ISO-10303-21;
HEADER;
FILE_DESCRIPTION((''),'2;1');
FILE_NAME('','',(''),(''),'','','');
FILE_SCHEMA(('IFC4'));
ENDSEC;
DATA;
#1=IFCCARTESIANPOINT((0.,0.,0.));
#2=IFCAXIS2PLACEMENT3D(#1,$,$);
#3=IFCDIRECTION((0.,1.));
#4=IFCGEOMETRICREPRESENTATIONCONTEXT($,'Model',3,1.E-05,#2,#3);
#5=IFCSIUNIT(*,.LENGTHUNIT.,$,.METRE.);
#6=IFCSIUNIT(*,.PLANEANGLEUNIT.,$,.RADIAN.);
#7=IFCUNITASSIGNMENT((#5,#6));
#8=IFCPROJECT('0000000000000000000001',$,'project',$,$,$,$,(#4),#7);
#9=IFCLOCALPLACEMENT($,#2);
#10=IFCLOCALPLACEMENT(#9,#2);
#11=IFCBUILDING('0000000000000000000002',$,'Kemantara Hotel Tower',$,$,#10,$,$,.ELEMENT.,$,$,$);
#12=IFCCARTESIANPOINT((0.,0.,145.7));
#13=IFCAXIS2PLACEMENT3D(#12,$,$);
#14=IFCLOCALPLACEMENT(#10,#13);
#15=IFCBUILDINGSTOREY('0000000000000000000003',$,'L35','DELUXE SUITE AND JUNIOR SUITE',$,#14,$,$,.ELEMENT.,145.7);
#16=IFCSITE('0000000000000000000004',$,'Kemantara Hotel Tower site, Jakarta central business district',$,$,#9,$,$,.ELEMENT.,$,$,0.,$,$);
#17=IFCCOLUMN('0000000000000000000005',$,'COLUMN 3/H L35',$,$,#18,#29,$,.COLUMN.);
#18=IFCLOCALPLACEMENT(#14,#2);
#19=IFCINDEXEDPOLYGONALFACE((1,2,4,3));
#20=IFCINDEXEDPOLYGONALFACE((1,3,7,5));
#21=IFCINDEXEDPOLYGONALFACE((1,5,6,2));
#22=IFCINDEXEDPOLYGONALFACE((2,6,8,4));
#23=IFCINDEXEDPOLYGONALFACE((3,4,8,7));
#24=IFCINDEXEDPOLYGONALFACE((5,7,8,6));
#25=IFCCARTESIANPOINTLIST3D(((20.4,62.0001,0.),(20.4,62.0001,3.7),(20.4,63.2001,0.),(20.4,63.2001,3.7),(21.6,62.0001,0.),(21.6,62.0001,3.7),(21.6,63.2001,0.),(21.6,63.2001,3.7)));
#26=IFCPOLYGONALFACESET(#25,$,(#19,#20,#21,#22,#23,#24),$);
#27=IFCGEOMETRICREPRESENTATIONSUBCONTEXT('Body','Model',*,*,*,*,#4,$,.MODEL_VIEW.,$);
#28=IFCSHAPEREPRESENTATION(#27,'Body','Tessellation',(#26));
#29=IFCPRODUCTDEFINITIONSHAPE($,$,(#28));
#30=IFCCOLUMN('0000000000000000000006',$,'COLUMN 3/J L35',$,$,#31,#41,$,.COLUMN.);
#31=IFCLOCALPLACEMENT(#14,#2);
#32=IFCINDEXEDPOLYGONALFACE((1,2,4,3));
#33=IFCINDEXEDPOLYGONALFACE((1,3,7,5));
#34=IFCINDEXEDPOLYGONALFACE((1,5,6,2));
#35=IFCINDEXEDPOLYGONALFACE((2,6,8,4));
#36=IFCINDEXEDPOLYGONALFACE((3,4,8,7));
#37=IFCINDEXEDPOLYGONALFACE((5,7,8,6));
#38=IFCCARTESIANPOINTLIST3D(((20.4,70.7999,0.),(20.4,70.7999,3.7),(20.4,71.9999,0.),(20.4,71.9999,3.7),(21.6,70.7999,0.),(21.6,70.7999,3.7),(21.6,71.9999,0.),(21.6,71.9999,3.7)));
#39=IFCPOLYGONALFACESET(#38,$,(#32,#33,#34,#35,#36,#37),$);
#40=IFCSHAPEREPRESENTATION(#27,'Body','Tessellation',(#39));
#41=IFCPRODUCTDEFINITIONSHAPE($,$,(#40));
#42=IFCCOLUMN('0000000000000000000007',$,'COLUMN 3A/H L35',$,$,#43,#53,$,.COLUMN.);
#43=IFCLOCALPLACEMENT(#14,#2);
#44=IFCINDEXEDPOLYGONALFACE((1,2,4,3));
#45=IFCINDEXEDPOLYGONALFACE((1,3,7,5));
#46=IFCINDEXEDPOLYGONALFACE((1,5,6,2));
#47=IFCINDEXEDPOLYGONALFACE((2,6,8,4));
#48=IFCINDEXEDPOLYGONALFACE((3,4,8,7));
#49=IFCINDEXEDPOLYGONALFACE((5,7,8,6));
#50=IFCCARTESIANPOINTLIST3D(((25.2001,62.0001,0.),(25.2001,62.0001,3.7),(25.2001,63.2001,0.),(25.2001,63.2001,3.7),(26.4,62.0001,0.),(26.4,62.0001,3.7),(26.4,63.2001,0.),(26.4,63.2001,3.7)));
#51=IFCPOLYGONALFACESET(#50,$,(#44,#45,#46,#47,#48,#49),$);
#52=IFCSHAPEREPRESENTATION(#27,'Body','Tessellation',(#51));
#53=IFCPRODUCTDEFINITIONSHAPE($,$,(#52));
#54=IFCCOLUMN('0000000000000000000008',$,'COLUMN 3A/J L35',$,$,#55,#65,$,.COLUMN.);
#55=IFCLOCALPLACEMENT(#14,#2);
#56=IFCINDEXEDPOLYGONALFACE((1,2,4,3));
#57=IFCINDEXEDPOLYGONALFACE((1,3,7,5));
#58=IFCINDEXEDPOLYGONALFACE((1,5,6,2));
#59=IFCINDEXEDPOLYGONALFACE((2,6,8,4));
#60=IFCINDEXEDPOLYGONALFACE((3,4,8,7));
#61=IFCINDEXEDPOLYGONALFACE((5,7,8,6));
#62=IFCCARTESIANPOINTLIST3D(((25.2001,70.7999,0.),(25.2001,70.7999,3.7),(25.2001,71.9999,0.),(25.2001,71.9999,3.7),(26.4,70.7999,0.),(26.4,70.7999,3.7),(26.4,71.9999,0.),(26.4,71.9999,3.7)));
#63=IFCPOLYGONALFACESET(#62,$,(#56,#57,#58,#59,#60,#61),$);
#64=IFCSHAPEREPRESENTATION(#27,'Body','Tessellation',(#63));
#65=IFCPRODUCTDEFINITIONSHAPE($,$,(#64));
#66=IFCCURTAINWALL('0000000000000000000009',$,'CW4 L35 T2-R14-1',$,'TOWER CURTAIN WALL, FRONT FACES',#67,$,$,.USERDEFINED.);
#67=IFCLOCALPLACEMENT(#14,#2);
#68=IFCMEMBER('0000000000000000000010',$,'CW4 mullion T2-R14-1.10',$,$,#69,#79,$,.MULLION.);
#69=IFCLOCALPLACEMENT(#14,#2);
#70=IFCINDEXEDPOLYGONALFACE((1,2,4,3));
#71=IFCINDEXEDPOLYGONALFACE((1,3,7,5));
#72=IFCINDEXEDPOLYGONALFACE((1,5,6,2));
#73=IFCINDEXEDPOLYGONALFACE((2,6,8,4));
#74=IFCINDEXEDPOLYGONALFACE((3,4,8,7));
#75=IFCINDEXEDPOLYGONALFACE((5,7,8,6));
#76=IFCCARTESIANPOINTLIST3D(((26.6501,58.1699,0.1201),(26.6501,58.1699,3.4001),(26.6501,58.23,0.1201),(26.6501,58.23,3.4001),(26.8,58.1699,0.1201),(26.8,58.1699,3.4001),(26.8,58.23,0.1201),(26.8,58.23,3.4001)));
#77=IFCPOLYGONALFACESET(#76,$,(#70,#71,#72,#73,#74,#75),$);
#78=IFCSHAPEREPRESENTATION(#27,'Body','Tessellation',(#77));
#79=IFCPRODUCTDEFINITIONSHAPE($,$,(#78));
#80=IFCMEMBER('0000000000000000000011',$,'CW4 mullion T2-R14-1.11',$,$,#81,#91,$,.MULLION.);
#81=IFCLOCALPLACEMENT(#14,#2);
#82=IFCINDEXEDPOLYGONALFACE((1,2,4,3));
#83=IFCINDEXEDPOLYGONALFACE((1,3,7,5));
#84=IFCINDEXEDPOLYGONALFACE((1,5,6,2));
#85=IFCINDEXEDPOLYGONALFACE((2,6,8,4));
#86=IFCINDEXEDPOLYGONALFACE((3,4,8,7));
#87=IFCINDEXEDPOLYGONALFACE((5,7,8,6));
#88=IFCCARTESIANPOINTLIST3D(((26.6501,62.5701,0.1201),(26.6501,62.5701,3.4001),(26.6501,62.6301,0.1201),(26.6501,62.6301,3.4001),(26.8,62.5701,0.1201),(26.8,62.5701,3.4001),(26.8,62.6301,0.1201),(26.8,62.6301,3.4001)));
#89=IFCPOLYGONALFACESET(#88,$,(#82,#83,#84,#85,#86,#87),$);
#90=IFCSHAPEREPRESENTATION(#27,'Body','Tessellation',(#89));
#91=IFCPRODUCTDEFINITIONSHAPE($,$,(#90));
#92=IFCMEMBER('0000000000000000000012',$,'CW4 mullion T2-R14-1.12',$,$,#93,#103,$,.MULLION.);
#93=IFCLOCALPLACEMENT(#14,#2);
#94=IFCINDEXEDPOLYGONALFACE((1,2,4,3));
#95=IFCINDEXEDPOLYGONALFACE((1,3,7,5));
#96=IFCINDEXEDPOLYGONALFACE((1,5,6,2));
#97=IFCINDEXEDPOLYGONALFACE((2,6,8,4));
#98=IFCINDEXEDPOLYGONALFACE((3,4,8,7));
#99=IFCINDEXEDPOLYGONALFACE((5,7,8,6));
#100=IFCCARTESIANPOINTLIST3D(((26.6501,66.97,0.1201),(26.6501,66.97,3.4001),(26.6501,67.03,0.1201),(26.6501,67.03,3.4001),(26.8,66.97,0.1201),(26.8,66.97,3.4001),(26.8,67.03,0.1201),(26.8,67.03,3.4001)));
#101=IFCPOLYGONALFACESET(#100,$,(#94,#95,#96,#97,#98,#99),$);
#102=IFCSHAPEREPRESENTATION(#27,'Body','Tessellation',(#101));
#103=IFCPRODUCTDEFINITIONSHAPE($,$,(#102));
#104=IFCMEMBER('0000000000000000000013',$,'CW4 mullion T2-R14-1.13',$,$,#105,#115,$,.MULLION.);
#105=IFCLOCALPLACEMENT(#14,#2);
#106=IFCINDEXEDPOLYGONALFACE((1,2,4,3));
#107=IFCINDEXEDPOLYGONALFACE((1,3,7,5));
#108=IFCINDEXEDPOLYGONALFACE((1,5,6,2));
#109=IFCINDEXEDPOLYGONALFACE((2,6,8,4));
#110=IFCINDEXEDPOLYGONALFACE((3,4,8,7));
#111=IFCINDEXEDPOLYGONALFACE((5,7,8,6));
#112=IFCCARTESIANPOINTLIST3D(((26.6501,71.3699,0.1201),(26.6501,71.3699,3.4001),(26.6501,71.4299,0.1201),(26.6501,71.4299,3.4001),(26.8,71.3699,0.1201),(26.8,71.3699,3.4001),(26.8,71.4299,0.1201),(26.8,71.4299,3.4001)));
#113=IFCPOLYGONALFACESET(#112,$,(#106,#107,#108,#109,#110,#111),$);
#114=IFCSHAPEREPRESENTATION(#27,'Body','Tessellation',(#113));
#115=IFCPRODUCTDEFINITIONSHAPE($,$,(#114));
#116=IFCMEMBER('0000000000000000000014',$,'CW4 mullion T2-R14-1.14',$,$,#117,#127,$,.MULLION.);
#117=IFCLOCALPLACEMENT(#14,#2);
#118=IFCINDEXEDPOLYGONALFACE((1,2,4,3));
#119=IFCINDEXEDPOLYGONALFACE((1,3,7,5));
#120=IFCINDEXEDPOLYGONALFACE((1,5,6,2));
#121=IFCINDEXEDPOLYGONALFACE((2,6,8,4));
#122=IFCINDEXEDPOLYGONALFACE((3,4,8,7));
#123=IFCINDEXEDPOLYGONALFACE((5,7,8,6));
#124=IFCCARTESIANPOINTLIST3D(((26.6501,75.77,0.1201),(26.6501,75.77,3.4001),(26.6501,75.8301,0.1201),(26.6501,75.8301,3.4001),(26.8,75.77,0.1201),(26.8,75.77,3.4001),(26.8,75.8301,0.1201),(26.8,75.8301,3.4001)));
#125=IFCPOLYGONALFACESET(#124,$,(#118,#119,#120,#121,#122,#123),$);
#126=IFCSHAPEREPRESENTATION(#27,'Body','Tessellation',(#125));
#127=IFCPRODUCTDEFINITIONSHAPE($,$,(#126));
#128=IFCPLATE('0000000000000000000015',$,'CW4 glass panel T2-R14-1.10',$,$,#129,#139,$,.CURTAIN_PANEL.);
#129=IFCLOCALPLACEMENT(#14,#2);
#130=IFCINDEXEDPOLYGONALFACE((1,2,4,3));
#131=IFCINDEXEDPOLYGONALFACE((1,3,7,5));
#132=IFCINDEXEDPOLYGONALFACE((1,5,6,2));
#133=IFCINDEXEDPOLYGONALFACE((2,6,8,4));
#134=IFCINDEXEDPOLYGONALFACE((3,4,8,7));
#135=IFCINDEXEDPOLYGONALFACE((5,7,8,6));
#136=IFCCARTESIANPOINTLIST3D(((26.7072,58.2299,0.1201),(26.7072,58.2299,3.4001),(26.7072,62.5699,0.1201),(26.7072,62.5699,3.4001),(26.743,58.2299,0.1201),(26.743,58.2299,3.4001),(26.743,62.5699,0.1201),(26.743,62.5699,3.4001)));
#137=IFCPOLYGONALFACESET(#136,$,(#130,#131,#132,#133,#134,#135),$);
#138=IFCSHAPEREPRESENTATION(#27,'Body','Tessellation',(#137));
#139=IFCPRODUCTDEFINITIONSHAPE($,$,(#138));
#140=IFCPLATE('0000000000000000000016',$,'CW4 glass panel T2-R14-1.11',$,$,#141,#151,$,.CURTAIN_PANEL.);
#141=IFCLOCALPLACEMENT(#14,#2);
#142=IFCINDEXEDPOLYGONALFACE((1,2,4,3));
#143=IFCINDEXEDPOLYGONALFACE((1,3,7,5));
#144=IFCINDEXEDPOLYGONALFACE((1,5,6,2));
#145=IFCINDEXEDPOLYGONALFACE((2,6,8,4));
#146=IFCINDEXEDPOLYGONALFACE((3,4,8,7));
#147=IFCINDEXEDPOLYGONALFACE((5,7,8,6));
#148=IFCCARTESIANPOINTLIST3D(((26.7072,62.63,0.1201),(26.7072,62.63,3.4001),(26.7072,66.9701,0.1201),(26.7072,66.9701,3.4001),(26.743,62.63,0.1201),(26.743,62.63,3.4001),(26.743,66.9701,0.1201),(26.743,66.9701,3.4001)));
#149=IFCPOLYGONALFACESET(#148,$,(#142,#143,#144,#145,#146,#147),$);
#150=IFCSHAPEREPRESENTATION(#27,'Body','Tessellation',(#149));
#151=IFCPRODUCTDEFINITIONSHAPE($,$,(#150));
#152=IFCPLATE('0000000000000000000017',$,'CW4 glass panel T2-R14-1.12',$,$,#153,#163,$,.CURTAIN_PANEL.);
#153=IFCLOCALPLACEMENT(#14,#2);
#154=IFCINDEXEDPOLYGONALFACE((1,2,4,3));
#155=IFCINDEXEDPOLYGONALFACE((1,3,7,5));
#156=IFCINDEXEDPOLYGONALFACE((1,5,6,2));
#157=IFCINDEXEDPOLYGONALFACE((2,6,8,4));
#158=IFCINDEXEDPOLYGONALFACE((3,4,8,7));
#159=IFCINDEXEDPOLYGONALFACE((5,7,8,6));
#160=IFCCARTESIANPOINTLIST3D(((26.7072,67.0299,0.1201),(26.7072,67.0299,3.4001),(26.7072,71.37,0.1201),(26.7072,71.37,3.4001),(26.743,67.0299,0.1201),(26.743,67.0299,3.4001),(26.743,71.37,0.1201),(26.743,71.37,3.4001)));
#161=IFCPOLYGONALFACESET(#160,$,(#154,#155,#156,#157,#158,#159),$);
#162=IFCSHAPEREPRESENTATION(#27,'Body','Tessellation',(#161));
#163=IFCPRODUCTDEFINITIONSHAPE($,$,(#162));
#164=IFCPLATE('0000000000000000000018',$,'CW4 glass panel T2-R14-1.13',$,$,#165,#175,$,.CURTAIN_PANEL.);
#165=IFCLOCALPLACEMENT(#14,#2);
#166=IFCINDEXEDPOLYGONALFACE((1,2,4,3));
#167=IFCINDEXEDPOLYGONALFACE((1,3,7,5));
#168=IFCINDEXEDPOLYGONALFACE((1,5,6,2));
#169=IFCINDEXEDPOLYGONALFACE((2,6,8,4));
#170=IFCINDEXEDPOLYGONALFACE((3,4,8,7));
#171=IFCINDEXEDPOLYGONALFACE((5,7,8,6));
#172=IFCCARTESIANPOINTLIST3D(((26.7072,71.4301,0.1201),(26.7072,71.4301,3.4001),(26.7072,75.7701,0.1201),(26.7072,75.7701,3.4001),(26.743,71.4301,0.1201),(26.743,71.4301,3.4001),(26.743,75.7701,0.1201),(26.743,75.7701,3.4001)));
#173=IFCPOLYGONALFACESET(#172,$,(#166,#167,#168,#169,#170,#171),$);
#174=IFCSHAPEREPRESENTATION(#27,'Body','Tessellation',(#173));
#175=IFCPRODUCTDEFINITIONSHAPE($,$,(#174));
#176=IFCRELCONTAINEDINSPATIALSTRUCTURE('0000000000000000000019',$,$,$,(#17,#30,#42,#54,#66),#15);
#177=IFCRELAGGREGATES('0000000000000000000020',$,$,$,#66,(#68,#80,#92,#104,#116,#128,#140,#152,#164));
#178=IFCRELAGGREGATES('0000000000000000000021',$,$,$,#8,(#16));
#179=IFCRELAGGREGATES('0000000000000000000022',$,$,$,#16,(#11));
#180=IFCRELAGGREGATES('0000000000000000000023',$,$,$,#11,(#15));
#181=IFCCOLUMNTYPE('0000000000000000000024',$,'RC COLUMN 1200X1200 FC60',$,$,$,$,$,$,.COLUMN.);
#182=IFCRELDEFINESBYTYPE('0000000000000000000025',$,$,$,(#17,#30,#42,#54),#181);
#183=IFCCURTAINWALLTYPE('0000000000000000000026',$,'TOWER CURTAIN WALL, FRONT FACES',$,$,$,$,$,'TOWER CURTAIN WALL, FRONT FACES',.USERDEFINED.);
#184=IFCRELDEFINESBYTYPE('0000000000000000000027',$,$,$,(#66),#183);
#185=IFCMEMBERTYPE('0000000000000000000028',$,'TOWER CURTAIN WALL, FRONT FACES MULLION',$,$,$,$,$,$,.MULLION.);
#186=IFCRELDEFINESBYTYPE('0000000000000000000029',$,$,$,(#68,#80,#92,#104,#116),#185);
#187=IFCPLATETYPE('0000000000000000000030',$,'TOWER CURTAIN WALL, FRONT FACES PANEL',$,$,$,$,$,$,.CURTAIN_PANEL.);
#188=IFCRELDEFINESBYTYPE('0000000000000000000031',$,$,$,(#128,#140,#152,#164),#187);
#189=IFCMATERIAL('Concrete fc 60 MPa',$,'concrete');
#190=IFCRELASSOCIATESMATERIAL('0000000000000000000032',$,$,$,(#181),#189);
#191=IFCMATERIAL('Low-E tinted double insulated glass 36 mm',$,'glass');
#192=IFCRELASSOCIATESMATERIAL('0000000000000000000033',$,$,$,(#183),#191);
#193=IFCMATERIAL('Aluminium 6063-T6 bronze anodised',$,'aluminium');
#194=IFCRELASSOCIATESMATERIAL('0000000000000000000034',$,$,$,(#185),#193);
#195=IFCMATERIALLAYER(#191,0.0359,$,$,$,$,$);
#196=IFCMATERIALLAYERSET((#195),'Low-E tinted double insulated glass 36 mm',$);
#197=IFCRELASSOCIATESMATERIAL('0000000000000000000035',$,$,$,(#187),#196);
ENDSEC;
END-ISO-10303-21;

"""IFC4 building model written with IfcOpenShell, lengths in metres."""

from ifc_helpers import new_model, si_unit, direction, frame, origin, origin_2d, place, context, subcontext, project, spatial, rectangle, extrude, source, transform, mapped, material, layer, layer_set, material_profile, profile_set, type_object, element, aggregate, save


model = new_model("IFC4")

# Units and contexts
model_context = context("Model", 3, precision=1e-05, world=origin(), true_north=direction((0.0, 1.0)))
body_context = subcontext(model_context, "Body", "Model", "MODEL_VIEW")
ifc_project = project(units=[si_unit("LENGTHUNIT", "METRE"), si_unit("PLANEANGLEUNIT", "RADIAN")], contexts=[model_context])

# Site, building, storey
site_placement = place(None, origin())
site = spatial("IfcSite", under=ifc_project, at=site_placement, Name="Kemantara Hotel Tower site, Jakarta central business district", CompositionType="ELEMENT", RefElevation=0.0)
building_placement = place(site_placement, origin())
building = spatial("IfcBuilding", under=site, at=building_placement, Name="Kemantara Hotel Tower", CompositionType="ELEMENT")
storey_placement = place(building_placement, frame((0.0, 0.0, 145.7)))
storey = spatial("IfcBuildingStorey", under=building, at=storey_placement, Name="L35", Description="DELUXE SUITE AND JUNIOR SUITE", CompositionType="ELEMENT", Elevation=145.7)

# Columns
ifc_material_1 = material(Name="Concrete fc 60 MPa", Category="concrete")
ifc_material_profile_1 = material_profile(ifc_material_1, rectangle(XDim=1.2, YDim=1.2, at=origin_2d()), Name="RC 1200X1200")
ifc_profile_set_1 = profile_set([ifc_material_profile_1], Name="Concrete fc 60 MPa")
column_type = type_object("IfcColumnType", Name="RC COLUMN 1200X1200 FC60", PredefinedType="COLUMN", material=ifc_profile_set_1)
for number, where, z_axis, x_axis, name in (
    (1, (21.0, 62.6001, 0.0), (0.0, 0.0, 1.0), (1.0, 0.0, 0.0), "COLUMN 3/H L35"),
    (2, (21.0, 71.3999, 0.0), (0.0, 0.0, 1.0), (1.0, 0.0, 0.0), "COLUMN 3/J L35"),
    (3, (25.8, 62.6001, 0.0), (0.0, 0.0, 1.0), (1.0, 0.0, 0.0), "COLUMN 3A/H L35"),
    (4, (25.8, 71.3999, 0.0), (0.0, 0.0, 1.0), (1.0, 0.0, 0.0), "COLUMN 3A/J L35"),
):
    element("IfcColumn", number, at=place(storey_placement, frame(where, z_axis=z_axis, x_axis=x_axis)), inside=storey, type_object=column_type, Name=name, PredefinedType="COLUMN", context=body_context, shape_type="SweptSolid", body=[
        extrude(rectangle(XDim=1.2, YDim=1.2, at=origin_2d()), origin(), (0.0, 0.0, 1.0), 3.7),
    ])

# Curtain wall, members, plates
ifc_material_2 = material(Name="Low-E tinted double insulated glass 36 mm", Category="glass")
curtain_wall_type = type_object("IfcCurtainWallType", Name="TOWER CURTAIN WALL, FRONT FACES", ElementType="TOWER CURTAIN WALL, FRONT FACES", PredefinedType="USERDEFINED", material=ifc_material_2)
curtain_wall_placement = place(storey_placement, origin())
curtain_wall = element("IfcCurtainWall", 5, at=curtain_wall_placement, inside=storey, type_object=curtain_wall_type, Name="CW4 L35 T2-R14-1", ObjectType="TOWER CURTAIN WALL, FRONT FACES", PredefinedType="USERDEFINED")
ifc_material_3 = material(Name="Aluminium 6063-T6 bronze anodised", Category="aluminium")
ifc_material_profile_2 = material_profile(ifc_material_3, rectangle(XDim=0.1499, YDim=0.0601, at=origin_2d()), Name="TOWER CURTAIN WALL, FRONT FACES MULLION")
ifc_profile_set_2 = profile_set([ifc_material_profile_2], Name="Aluminium 6063-T6 bronze anodised")
member_type = type_object("IfcMemberType", Name="TOWER CURTAIN WALL, FRONT FACES MULLION", PredefinedType="MULLION", material=ifc_profile_set_2)
shared_shape_1 = source(origin(), body_context, "Body", "SweptSolid", [
    extrude(rectangle(XDim=0.1499, YDim=0.0601, at=origin_2d()), origin(), (0.0, 0.0, 1.0), 3.28),
])
member_1_placement = place(storey_placement, frame((26.7251, 58.2, 0.1201), z_axis=(0.0, 0.0, 1.0), x_axis=(-1.0, 0.0, 0.0)))
member_1 = element("IfcMember", 6, at=member_1_placement, type_object=member_type, Name="CW4 mullion T2-R14-1.10", PredefinedType="MULLION", context=body_context, shape_type="MappedRepresentation", body=[
    mapped(shared_shape_1, transform((0.0, 0.0, 0.0))),
])
member_2_placement = place(storey_placement, frame((26.7251, 62.6001, 0.1201), z_axis=(0.0, 0.0, 1.0), x_axis=(-1.0, 0.0, 0.0)))
member_2 = element("IfcMember", 7, at=member_2_placement, type_object=member_type, Name="CW4 mullion T2-R14-1.11", PredefinedType="MULLION", context=body_context, shape_type="MappedRepresentation", body=[
    mapped(shared_shape_1, transform((0.0, 0.0, 0.0))),
])
member_3_placement = place(storey_placement, frame((26.7251, 67.0, 0.1201), z_axis=(0.0, 0.0, 1.0), x_axis=(-1.0, 0.0, 0.0)))
member_3 = element("IfcMember", 8, at=member_3_placement, type_object=member_type, Name="CW4 mullion T2-R14-1.12", PredefinedType="MULLION", context=body_context, shape_type="MappedRepresentation", body=[
    mapped(shared_shape_1, transform((0.0, 0.0, 0.0))),
])
member_4_placement = place(storey_placement, frame((26.7251, 71.3999, 0.1201), z_axis=(0.0, 0.0, 1.0), x_axis=(-1.0, 0.0, 0.0)))
member_4 = element("IfcMember", 9, at=member_4_placement, type_object=member_type, Name="CW4 mullion T2-R14-1.13", PredefinedType="MULLION", context=body_context, shape_type="MappedRepresentation", body=[
    mapped(shared_shape_1, transform((0.0, 0.0, 0.0))),
])
member_5_placement = place(storey_placement, frame((26.7251, 75.8, 0.1201), z_axis=(0.0, 0.0, 1.0), x_axis=(-1.0, 0.0, 0.0)))
member_5 = element("IfcMember", 10, at=member_5_placement, type_object=member_type, Name="CW4 mullion T2-R14-1.14", PredefinedType="MULLION", context=body_context, shape_type="MappedRepresentation", body=[
    mapped(shared_shape_1, transform((0.0, 0.0, 0.0))),
])
ifc_layer_1 = layer(ifc_material_2, 0.0359)
ifc_layer_set_1 = layer_set([ifc_layer_1], Name="Low-E tinted double insulated glass 36 mm")
plate_type = type_object("IfcPlateType", Name="TOWER CURTAIN WALL, FRONT FACES PANEL", PredefinedType="CURTAIN_PANEL", material=ifc_layer_set_1)
shared_shape_2 = source(origin(), body_context, "Body", "SweptSolid", [
    extrude(rectangle(XDim=4.3401, YDim=0.0359, at=origin_2d()), origin(), (0.0, 0.0, 1.0), 3.28),
])
plate_1_placement = place(storey_placement, frame((26.7251, 60.3999, 0.1201), z_axis=(0.0, 0.0, 1.0), x_axis=(0.0, 1.0, 0.0)))
plate_1 = element("IfcPlate", 11, at=plate_1_placement, type_object=plate_type, Name="CW4 glass panel T2-R14-1.10", PredefinedType="CURTAIN_PANEL", context=body_context, shape_type="MappedRepresentation", body=[
    mapped(shared_shape_2, transform((0.0, 0.0, 0.0))),
])
plate_2_placement = place(storey_placement, frame((26.7251, 64.8, 0.1201), z_axis=(0.0, 0.0, 1.0), x_axis=(0.0, 1.0, 0.0)))
plate_2 = element("IfcPlate", 12, at=plate_2_placement, type_object=plate_type, Name="CW4 glass panel T2-R14-1.11", PredefinedType="CURTAIN_PANEL", context=body_context, shape_type="MappedRepresentation", body=[
    mapped(shared_shape_2, transform((0.0, 0.0, 0.0))),
])
plate_3_placement = place(storey_placement, frame((26.7251, 69.2, 0.1201), z_axis=(0.0, 0.0, 1.0), x_axis=(0.0, 1.0, 0.0)))
plate_3 = element("IfcPlate", 13, at=plate_3_placement, type_object=plate_type, Name="CW4 glass panel T2-R14-1.12", PredefinedType="CURTAIN_PANEL", context=body_context, shape_type="MappedRepresentation", body=[
    mapped(shared_shape_2, transform((0.0, 0.0, 0.0))),
])
plate_4_placement = place(storey_placement, frame((26.7251, 73.6001, 0.1201), z_axis=(0.0, 0.0, 1.0), x_axis=(0.0, 1.0, 0.0)))
plate_4 = element("IfcPlate", 14, at=plate_4_placement, type_object=plate_type, Name="CW4 glass panel T2-R14-1.13", PredefinedType="CURTAIN_PANEL", context=body_context, shape_type="MappedRepresentation", body=[
    mapped(shared_shape_2, transform((0.0, 0.0, 0.0))),
])
aggregate(curtain_wall, [member_1, member_2, member_3, member_4, member_5, plate_1, plate_2, plate_3, plate_4])

save(model, "model.ifc")
